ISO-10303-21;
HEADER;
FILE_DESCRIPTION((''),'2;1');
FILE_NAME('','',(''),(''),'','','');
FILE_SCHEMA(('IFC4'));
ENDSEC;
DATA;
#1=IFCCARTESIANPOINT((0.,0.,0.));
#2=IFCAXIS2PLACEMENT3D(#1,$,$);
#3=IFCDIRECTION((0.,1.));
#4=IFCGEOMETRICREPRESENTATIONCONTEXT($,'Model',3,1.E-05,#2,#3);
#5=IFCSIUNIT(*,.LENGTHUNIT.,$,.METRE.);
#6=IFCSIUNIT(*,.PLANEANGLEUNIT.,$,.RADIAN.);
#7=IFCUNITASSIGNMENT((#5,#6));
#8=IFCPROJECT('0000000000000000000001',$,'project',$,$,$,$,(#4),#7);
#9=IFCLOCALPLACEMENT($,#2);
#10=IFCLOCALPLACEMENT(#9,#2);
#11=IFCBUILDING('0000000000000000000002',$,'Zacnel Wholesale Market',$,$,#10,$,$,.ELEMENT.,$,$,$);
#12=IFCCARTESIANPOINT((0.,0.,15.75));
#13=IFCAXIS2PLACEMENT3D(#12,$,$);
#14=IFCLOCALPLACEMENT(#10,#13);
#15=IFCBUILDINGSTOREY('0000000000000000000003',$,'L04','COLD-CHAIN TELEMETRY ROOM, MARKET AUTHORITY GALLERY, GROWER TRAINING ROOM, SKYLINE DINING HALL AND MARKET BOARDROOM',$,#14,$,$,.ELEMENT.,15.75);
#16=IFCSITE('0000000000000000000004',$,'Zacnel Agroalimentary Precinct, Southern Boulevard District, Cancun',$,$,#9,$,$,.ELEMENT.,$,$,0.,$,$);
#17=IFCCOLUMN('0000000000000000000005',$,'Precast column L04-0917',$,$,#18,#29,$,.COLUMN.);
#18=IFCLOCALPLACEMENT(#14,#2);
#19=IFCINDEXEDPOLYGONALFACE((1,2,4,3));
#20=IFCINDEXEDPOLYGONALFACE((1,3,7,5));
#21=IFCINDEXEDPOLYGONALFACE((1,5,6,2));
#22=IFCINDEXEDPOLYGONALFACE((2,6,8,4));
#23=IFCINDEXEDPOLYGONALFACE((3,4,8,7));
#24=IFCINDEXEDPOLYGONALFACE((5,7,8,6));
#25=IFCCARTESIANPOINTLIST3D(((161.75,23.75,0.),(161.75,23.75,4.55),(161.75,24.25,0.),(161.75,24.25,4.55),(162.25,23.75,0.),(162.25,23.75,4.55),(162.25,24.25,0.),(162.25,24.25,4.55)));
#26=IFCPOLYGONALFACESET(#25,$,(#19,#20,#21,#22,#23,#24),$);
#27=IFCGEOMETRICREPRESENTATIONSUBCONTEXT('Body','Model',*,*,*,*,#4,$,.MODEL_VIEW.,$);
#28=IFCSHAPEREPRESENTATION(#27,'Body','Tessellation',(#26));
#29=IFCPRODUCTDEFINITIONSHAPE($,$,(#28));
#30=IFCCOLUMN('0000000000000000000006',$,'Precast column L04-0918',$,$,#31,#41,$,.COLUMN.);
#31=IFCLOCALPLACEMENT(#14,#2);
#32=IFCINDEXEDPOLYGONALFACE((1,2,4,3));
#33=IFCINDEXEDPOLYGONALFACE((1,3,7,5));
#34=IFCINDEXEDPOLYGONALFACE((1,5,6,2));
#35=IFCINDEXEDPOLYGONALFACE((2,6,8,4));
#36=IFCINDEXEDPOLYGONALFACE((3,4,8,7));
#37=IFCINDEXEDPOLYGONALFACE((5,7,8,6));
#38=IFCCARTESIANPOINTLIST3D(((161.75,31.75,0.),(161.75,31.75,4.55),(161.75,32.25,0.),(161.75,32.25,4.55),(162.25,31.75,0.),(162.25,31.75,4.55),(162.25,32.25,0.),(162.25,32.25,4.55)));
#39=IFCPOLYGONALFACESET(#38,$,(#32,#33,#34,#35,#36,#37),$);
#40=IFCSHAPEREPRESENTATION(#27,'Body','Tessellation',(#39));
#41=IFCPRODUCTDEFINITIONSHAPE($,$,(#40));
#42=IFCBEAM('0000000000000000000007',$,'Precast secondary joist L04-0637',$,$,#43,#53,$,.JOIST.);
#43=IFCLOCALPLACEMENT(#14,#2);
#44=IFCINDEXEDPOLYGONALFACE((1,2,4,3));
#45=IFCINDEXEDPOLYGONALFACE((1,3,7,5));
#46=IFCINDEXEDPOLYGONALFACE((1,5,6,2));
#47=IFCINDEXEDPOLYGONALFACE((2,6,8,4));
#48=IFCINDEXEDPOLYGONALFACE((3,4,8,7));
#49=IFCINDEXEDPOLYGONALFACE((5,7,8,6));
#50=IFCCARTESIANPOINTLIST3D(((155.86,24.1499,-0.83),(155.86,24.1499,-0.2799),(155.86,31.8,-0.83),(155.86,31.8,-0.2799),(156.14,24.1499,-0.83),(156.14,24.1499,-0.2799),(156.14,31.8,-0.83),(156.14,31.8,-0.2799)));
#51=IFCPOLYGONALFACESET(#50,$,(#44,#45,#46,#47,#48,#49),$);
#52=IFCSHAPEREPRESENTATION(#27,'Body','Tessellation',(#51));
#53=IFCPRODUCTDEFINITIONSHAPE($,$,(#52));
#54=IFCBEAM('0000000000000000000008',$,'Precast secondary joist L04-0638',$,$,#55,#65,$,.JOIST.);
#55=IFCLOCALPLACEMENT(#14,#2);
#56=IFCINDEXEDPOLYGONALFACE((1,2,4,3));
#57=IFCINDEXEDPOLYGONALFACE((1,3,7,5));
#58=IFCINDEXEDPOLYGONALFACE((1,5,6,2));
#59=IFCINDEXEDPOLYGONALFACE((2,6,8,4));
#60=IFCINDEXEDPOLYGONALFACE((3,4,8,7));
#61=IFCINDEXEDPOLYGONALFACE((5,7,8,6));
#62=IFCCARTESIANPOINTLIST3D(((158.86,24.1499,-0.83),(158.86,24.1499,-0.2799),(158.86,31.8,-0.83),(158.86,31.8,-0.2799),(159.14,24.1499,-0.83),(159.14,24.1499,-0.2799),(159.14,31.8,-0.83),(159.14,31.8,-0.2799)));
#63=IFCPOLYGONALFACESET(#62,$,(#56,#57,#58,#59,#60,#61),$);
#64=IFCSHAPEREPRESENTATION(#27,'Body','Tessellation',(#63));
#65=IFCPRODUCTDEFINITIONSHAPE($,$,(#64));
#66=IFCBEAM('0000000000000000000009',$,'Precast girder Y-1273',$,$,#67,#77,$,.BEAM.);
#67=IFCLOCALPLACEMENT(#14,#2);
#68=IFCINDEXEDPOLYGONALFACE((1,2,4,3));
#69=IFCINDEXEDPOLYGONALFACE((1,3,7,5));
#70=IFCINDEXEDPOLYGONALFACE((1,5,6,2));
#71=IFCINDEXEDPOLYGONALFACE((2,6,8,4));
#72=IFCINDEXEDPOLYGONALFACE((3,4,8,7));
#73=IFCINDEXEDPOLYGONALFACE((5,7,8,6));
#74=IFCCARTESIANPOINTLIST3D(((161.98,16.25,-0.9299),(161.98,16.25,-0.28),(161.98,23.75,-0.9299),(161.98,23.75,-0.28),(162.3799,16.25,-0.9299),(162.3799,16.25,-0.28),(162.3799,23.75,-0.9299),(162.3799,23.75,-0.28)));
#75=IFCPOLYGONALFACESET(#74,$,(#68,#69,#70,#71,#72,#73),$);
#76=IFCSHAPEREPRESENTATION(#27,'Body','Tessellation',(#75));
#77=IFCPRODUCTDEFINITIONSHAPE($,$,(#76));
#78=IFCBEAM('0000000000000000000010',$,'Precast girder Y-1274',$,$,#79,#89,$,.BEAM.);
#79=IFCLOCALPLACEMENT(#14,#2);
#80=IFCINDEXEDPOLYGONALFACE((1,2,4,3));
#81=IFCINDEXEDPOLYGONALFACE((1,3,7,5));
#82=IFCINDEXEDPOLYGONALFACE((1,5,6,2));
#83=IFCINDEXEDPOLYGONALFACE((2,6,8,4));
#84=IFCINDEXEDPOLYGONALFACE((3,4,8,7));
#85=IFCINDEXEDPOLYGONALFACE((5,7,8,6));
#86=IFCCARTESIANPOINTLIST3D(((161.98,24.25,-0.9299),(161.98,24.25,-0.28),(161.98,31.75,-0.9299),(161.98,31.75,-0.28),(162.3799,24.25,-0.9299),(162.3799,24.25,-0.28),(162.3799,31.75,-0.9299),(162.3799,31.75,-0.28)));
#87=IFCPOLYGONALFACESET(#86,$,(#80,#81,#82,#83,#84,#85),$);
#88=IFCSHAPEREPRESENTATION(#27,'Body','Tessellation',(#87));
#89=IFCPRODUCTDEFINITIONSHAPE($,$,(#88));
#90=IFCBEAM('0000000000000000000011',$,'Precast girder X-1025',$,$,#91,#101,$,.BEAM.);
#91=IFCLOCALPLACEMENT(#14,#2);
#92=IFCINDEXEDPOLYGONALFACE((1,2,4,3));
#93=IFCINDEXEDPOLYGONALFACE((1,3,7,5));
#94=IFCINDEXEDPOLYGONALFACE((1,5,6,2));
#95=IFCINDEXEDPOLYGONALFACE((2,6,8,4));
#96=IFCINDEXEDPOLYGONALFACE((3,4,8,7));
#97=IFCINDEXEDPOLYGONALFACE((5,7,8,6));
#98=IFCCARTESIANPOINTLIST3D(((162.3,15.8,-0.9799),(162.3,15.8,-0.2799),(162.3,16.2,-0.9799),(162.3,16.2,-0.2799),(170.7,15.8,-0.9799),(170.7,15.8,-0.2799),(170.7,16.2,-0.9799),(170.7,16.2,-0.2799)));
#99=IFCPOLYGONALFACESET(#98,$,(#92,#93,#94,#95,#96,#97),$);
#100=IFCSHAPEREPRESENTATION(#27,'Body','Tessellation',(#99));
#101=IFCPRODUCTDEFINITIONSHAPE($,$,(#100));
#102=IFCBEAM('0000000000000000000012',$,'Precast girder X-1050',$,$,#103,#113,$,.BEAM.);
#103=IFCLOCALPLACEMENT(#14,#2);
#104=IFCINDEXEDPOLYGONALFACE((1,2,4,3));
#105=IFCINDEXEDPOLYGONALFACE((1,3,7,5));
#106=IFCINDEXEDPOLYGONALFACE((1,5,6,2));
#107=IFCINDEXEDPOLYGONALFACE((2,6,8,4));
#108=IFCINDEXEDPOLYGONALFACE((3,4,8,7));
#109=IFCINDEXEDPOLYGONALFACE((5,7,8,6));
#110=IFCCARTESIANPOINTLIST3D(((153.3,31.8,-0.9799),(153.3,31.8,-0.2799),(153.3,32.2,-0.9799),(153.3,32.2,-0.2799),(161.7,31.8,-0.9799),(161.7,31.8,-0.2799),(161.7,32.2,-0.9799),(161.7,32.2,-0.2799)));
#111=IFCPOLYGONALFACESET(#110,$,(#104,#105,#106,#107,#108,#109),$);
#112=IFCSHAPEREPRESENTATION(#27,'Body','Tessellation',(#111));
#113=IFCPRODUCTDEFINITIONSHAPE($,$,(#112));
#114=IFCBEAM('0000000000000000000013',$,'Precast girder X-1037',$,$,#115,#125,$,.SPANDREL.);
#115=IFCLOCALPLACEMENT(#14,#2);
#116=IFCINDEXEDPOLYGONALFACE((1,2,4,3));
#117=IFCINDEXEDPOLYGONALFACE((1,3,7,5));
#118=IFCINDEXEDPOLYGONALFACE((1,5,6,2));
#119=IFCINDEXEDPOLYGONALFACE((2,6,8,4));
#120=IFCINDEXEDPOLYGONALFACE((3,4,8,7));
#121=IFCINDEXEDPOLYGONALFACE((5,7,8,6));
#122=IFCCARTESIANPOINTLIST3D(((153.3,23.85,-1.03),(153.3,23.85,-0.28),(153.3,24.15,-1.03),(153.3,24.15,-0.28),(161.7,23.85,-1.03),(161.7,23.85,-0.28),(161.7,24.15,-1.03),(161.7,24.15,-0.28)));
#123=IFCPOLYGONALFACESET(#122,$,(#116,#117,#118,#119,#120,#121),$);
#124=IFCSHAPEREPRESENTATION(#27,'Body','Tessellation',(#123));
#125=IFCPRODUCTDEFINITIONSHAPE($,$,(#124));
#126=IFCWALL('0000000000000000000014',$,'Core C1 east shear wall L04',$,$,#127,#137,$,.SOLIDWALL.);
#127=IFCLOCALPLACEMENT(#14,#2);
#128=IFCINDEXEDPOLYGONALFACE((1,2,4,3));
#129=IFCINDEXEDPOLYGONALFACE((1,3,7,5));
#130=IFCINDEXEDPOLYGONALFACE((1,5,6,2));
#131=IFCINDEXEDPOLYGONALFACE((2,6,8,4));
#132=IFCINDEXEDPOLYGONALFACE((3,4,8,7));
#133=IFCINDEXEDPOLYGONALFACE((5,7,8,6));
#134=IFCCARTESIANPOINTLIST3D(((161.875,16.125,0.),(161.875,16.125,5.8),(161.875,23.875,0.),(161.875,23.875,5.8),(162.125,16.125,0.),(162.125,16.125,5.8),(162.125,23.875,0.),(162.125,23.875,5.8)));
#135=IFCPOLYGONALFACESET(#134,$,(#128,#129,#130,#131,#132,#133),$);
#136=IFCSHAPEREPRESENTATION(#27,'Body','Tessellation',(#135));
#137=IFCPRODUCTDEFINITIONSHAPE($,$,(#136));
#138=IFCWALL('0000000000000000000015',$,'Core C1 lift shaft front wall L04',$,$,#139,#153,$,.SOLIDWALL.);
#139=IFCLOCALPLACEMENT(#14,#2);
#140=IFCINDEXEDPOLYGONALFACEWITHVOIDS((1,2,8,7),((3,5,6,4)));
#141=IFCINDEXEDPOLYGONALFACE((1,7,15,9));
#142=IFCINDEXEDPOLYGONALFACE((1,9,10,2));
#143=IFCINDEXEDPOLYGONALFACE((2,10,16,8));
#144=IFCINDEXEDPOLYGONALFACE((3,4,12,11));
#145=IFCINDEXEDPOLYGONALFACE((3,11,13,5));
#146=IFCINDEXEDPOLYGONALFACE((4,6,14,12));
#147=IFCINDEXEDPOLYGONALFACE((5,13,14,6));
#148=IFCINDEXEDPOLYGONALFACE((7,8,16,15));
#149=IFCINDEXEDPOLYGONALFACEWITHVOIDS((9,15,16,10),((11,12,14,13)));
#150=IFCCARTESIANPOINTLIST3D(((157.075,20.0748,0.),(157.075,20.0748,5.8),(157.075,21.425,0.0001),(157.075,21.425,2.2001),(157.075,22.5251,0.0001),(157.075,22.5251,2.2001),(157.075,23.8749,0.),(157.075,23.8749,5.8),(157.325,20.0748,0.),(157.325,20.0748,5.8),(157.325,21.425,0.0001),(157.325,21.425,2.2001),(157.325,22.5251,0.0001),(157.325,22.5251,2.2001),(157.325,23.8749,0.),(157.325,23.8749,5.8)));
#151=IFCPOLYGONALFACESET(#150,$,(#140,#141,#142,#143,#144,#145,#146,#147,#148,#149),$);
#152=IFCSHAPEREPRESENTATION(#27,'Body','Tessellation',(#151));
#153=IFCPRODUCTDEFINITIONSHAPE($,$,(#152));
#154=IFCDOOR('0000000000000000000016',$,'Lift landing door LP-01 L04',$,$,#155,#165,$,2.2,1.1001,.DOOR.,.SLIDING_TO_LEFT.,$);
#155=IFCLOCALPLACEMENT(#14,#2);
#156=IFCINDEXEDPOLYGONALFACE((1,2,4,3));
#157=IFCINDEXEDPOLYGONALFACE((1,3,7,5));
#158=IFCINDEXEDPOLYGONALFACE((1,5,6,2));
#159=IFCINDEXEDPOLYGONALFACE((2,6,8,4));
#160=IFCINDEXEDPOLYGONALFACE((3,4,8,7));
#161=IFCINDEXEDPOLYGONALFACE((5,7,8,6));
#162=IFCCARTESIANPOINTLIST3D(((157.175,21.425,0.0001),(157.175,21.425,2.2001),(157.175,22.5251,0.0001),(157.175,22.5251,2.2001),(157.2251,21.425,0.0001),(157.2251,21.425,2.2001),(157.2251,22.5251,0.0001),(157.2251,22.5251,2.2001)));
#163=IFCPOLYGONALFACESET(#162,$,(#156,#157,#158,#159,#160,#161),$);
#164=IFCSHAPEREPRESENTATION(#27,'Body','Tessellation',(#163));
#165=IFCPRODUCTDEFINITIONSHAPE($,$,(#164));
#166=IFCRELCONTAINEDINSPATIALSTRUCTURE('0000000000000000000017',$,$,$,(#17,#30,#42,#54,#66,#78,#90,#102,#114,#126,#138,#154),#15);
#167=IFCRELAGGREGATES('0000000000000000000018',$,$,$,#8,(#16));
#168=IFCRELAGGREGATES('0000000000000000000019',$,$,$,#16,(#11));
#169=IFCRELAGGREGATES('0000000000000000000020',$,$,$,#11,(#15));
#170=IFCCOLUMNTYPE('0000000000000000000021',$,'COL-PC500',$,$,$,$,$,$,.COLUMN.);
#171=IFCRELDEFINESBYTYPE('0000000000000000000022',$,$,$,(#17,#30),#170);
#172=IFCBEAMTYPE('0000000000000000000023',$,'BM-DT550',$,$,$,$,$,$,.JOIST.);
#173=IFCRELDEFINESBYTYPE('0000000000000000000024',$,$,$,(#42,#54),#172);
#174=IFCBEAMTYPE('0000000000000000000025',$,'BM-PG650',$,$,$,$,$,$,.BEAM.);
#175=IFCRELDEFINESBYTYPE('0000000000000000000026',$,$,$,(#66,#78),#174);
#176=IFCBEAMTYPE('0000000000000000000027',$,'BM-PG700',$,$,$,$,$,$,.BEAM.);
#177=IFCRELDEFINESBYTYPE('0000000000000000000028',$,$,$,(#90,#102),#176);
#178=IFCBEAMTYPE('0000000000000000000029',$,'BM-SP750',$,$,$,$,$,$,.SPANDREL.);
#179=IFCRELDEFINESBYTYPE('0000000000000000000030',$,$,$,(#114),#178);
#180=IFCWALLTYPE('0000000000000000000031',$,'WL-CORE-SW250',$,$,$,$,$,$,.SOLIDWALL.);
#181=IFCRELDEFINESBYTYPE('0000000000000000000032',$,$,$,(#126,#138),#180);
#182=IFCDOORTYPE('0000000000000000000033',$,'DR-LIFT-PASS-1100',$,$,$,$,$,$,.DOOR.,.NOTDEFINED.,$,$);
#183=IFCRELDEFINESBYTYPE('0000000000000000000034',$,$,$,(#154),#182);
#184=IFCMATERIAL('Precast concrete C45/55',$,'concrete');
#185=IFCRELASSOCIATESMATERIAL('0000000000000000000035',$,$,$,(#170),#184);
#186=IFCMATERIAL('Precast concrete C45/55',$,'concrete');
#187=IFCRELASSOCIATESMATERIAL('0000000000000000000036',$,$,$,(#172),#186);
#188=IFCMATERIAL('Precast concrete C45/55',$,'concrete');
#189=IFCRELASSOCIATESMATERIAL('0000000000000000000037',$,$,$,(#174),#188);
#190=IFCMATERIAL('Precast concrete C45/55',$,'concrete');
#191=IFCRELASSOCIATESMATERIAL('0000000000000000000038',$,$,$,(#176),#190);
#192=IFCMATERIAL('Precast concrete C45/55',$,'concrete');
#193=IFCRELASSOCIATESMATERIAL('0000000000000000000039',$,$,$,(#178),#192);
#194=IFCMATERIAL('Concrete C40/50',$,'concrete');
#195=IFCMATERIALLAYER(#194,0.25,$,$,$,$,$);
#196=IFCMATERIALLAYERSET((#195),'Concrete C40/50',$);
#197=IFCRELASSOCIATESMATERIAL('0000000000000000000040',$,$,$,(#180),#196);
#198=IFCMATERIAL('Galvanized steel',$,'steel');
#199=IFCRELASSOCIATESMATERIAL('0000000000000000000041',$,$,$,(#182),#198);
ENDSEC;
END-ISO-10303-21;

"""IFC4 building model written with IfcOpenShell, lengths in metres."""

from ifc_helpers import new_model, si_unit, direction, frame, frame_2d, origin, origin_2d, place, context, subcontext, project, spatial, rectangle, extrude, material, layer, layer_set, material_profile, profile_set, type_object, element, fill, save


model = new_model("IFC4")

# Units and contexts
model_context = context("Model", 3, precision=1e-05, world=origin(), true_north=direction((0.0, 1.0)))
body_context = subcontext(model_context, "Body", "Model", "MODEL_VIEW")
ifc_project = project(units=[si_unit("LENGTHUNIT", "METRE"), si_unit("PLANEANGLEUNIT", "RADIAN")], contexts=[model_context])

# Site, building, storey
site_placement = place(None, origin())
site = spatial("IfcSite", under=ifc_project, at=site_placement, Name="Zacnel Agroalimentary Precinct, Southern Boulevard District, Cancun", CompositionType="ELEMENT", RefElevation=0.0)
building_placement = place(site_placement, origin())
building = spatial("IfcBuilding", under=site, at=building_placement, Name="Zacnel Wholesale Market", CompositionType="ELEMENT")
storey_placement = place(building_placement, frame((0.0, 0.0, 15.75)))
storey = spatial("IfcBuildingStorey", under=building, at=storey_placement, Name="L04", Description="COLD-CHAIN TELEMETRY ROOM, MARKET AUTHORITY GALLERY, GROWER TRAINING ROOM, SKYLINE DINING HALL AND MARKET BOARDROOM", CompositionType="ELEMENT", Elevation=15.75)

# Columns
ifc_material_1 = material(Name="Precast concrete C45/55", Category="concrete")
ifc_material_profile_1 = material_profile(ifc_material_1, rectangle(XDim=0.5, YDim=0.5, at=origin_2d()), Name="PC 500x500")
ifc_profile_set_1 = profile_set([ifc_material_profile_1], Name="Precast concrete C45/55")
column_type = type_object("IfcColumnType", Name="COL-PC500", PredefinedType="COLUMN", material=ifc_profile_set_1)
for number, where, z_axis, x_axis, name in (
    (1, (162.0, 24.0, 0.0), (0.0, 0.0, 1.0), (1.0, 0.0, 0.0), "Precast column L04-0917"),
    (2, (162.0, 32.0, 0.0), (0.0, 0.0, 1.0), (1.0, 0.0, 0.0), "Precast column L04-0918"),
):
    element("IfcColumn", number, at=place(storey_placement, frame(where, z_axis=z_axis, x_axis=x_axis)), inside=storey, type_object=column_type, Name=name, PredefinedType="COLUMN", context=body_context, shape_type="SweptSolid", body=[
        extrude(rectangle(XDim=0.5, YDim=0.5, at=origin_2d()), origin(), (0.0, 0.0, 1.0), 4.55),
    ])

# Beams
ifc_material_2 = material(Name="Precast concrete C45/55", Category="concrete")
ifc_material_profile_2 = material_profile(ifc_material_2, rectangle(XDim=0.28, YDim=0.55, at=origin_2d()), Name="DT RIB 280x550")
ifc_profile_set_2 = profile_set([ifc_material_profile_2], Name="Precast concrete C45/55")
beam_type_1 = type_object("IfcBeamType", Name="BM-DT550", PredefinedType="JOIST", material=ifc_profile_set_2)
for number, where, z_axis, x_axis, name in (
    (3, (156.0, 24.1499, -0.5549), (0.0, 1.0, 0.0), (-1.0, 0.0, 0.0), "Precast secondary joist L04-0637"),
    (4, (159.0, 24.1499, -0.5549), (0.0, 1.0, 0.0), (-1.0, 0.0, 0.0), "Precast secondary joist L04-0638"),
):
    element("IfcBeam", number, at=place(storey_placement, frame(where, z_axis=z_axis, x_axis=x_axis)), inside=storey, type_object=beam_type_1, Name=name, PredefinedType="JOIST", context=body_context, shape_type="SweptSolid", body=[
        extrude(rectangle(XDim=0.28, YDim=0.55, at=origin_2d()), origin(), (0.0, 0.0, 1.0), 7.6501),
    ])
ifc_material_3 = material(Name="Precast concrete C45/55", Category="concrete")
ifc_material_profile_3 = material_profile(ifc_material_3, rectangle(XDim=0.3999, YDim=0.6499, at=origin_2d()), Name="PG 400x650")
ifc_profile_set_3 = profile_set([ifc_material_profile_3], Name="Precast concrete C45/55")
beam_type_2 = type_object("IfcBeamType", Name="BM-PG650", PredefinedType="BEAM", material=ifc_profile_set_3)
for number, where, z_axis, x_axis, name in (
    (5, (162.1799, 16.25, -0.605), (0.0, 1.0, 0.0), (-1.0, 0.0, 0.0), "Precast girder Y-1273"),
    (6, (162.1799, 24.25, -0.605), (0.0, 1.0, 0.0), (-1.0, 0.0, 0.0), "Precast girder Y-1274"),
):
    element("IfcBeam", number, at=place(storey_placement, frame(where, z_axis=z_axis, x_axis=x_axis)), inside=storey, type_object=beam_type_2, Name=name, PredefinedType="BEAM", context=body_context, shape_type="SweptSolid", body=[
        extrude(rectangle(XDim=0.3999, YDim=0.6499, at=origin_2d()), origin(), (0.0, 0.0, 1.0), 7.5),
    ])
ifc_material_4 = material(Name="Precast concrete C45/55", Category="concrete")
ifc_material_profile_4 = material_profile(ifc_material_4, rectangle(XDim=0.3999, YDim=0.7, at=origin_2d()), Name="PG 400x700")
ifc_profile_set_4 = profile_set([ifc_material_profile_4], Name="Precast concrete C45/55")
beam_type_3 = type_object("IfcBeamType", Name="BM-PG700", PredefinedType="BEAM", material=ifc_profile_set_4)
for number, where, z_axis, x_axis, name in (
    (7, (162.3, 16.0, -0.6299), (1.0, 0.0, 0.0), (0.0, 1.0, 0.0), "Precast girder X-1025"),
    (8, (153.3, 32.0, -0.6299), (1.0, 0.0, 0.0), (0.0, 1.0, 0.0), "Precast girder X-1050"),
):
    element("IfcBeam", number, at=place(storey_placement, frame(where, z_axis=z_axis, x_axis=x_axis)), inside=storey, type_object=beam_type_3, Name=name, PredefinedType="BEAM", context=body_context, shape_type="SweptSolid", body=[
        extrude(rectangle(XDim=0.3999, YDim=0.7, at=origin_2d()), origin(), (0.0, 0.0, 1.0), 8.3999),
    ])
ifc_material_5 = material(Name="Precast concrete C45/55", Category="concrete")
ifc_material_profile_5 = material_profile(ifc_material_5, rectangle(XDim=0.3, YDim=0.75, at=origin_2d()), Name="SP 300x750")
ifc_profile_set_5 = profile_set([ifc_material_profile_5], Name="Precast concrete C45/55")
beam_type_4 = type_object("IfcBeamType", Name="BM-SP750", PredefinedType="SPANDREL", material=ifc_profile_set_5)
beam_placement = place(storey_placement, frame((153.3, 24.0, -0.655), z_axis=(1.0, 0.0, 0.0), x_axis=(0.0, 1.0, 0.0)))
element("IfcBeam", 9, at=beam_placement, inside=storey, type_object=beam_type_4, Name="Precast girder X-1037", PredefinedType="SPANDREL", context=body_context, shape_type="SweptSolid", body=[
    extrude(rectangle(XDim=0.3, YDim=0.75, at=origin_2d()), origin(), (0.0, 0.0, 1.0), 8.3999),
])

# Wall
ifc_material_6 = material(Name="Concrete C40/50", Category="concrete")
ifc_layer_1 = layer(ifc_material_6, 0.25)
ifc_layer_set_1 = layer_set([ifc_layer_1], Name="Concrete C40/50")
wall_type_1 = type_object("IfcWallType", Name="WL-CORE-SW250", PredefinedType="SOLIDWALL", material=ifc_layer_set_1)
wall_1_placement = place(storey_placement, frame((162.0, 16.125, 0.0), z_axis=(0.0, 0.0, 1.0), x_axis=(0.0, 1.0, 0.0)))
element("IfcWall", 10, at=wall_1_placement, inside=storey, type_object=wall_type_1, Name="Core C1 east shear wall L04", PredefinedType="SOLIDWALL", context=body_context, shape_type="SweptSolid", body=[
    extrude(rectangle(XDim=7.75, YDim=0.25, at=frame_2d((3.875, 0.0))), origin(), (0.0, 0.0, 1.0), 5.8),
])

# Wall, opening, door
wall_2_placement = place(storey_placement, frame((157.2, 20.075, 0.0), z_axis=(0.0, 0.0, 1.0), x_axis=(0.0, 1.0, 0.0)))
wall_2 = element("IfcWall", 11, at=wall_2_placement, inside=storey, type_object=wall_type_1, Name="Core C1 lift shaft front wall L04", PredefinedType="SOLIDWALL", context=body_context, shape_type="SweptSolid", body=[
    extrude(rectangle(XDim=3.8, YDim=0.25, at=frame_2d((1.8999, 0.0))), origin(), (0.0, 0.0, 1.0), 5.8),
])
opening_1_placement = place(wall_2_placement, frame((1.3501, 0.0, 0.0)))
opening_1 = element("IfcOpeningElement", 12, at=opening_1_placement, cuts=wall_2, PredefinedType="OPENING", context=body_context, shape_type="SweptSolid", body=[
    extrude(rectangle(XDim=1.1001, YDim=2.2, at=frame_2d((0.55, 1.1001))), frame((0.0, 0.135, 0.0), z_axis=(0.0, -1.0, 0.0), x_axis=(1.0, 0.0, 0.0)), (0.0, 0.0, 1.0), 0.27),
])
ifc_material_7 = material(Name="Galvanized steel", Category="steel")
door_type_1 = type_object("IfcDoorType", Name="DR-LIFT-PASS-1100", OperationType="NOTDEFINED", PredefinedType="DOOR", material=ifc_material_7)
door_1_placement = place(opening_1_placement, origin())
door_1 = element("IfcDoor", 13, at=door_1_placement, inside=storey, type_object=door_type_1, Name="Lift landing door LP-01 L04", OperationType="SLIDING_TO_LEFT", OverallHeight=2.2, OverallWidth=1.1001, PredefinedType="DOOR", context=body_context, shape_type="SweptSolid", body=[
    extrude(rectangle(XDim=1.1001, YDim=2.2, at=frame_2d((0.55, 1.1001))), frame((0.0, 0.0249, 0.0), z_axis=(0.0, -1.0, 0.0), x_axis=(1.0, 0.0, 0.0)), (0.0, 0.0, 1.0), 0.05),
])
fill(opening_1, door_1)

save(model, "model.ifc")
